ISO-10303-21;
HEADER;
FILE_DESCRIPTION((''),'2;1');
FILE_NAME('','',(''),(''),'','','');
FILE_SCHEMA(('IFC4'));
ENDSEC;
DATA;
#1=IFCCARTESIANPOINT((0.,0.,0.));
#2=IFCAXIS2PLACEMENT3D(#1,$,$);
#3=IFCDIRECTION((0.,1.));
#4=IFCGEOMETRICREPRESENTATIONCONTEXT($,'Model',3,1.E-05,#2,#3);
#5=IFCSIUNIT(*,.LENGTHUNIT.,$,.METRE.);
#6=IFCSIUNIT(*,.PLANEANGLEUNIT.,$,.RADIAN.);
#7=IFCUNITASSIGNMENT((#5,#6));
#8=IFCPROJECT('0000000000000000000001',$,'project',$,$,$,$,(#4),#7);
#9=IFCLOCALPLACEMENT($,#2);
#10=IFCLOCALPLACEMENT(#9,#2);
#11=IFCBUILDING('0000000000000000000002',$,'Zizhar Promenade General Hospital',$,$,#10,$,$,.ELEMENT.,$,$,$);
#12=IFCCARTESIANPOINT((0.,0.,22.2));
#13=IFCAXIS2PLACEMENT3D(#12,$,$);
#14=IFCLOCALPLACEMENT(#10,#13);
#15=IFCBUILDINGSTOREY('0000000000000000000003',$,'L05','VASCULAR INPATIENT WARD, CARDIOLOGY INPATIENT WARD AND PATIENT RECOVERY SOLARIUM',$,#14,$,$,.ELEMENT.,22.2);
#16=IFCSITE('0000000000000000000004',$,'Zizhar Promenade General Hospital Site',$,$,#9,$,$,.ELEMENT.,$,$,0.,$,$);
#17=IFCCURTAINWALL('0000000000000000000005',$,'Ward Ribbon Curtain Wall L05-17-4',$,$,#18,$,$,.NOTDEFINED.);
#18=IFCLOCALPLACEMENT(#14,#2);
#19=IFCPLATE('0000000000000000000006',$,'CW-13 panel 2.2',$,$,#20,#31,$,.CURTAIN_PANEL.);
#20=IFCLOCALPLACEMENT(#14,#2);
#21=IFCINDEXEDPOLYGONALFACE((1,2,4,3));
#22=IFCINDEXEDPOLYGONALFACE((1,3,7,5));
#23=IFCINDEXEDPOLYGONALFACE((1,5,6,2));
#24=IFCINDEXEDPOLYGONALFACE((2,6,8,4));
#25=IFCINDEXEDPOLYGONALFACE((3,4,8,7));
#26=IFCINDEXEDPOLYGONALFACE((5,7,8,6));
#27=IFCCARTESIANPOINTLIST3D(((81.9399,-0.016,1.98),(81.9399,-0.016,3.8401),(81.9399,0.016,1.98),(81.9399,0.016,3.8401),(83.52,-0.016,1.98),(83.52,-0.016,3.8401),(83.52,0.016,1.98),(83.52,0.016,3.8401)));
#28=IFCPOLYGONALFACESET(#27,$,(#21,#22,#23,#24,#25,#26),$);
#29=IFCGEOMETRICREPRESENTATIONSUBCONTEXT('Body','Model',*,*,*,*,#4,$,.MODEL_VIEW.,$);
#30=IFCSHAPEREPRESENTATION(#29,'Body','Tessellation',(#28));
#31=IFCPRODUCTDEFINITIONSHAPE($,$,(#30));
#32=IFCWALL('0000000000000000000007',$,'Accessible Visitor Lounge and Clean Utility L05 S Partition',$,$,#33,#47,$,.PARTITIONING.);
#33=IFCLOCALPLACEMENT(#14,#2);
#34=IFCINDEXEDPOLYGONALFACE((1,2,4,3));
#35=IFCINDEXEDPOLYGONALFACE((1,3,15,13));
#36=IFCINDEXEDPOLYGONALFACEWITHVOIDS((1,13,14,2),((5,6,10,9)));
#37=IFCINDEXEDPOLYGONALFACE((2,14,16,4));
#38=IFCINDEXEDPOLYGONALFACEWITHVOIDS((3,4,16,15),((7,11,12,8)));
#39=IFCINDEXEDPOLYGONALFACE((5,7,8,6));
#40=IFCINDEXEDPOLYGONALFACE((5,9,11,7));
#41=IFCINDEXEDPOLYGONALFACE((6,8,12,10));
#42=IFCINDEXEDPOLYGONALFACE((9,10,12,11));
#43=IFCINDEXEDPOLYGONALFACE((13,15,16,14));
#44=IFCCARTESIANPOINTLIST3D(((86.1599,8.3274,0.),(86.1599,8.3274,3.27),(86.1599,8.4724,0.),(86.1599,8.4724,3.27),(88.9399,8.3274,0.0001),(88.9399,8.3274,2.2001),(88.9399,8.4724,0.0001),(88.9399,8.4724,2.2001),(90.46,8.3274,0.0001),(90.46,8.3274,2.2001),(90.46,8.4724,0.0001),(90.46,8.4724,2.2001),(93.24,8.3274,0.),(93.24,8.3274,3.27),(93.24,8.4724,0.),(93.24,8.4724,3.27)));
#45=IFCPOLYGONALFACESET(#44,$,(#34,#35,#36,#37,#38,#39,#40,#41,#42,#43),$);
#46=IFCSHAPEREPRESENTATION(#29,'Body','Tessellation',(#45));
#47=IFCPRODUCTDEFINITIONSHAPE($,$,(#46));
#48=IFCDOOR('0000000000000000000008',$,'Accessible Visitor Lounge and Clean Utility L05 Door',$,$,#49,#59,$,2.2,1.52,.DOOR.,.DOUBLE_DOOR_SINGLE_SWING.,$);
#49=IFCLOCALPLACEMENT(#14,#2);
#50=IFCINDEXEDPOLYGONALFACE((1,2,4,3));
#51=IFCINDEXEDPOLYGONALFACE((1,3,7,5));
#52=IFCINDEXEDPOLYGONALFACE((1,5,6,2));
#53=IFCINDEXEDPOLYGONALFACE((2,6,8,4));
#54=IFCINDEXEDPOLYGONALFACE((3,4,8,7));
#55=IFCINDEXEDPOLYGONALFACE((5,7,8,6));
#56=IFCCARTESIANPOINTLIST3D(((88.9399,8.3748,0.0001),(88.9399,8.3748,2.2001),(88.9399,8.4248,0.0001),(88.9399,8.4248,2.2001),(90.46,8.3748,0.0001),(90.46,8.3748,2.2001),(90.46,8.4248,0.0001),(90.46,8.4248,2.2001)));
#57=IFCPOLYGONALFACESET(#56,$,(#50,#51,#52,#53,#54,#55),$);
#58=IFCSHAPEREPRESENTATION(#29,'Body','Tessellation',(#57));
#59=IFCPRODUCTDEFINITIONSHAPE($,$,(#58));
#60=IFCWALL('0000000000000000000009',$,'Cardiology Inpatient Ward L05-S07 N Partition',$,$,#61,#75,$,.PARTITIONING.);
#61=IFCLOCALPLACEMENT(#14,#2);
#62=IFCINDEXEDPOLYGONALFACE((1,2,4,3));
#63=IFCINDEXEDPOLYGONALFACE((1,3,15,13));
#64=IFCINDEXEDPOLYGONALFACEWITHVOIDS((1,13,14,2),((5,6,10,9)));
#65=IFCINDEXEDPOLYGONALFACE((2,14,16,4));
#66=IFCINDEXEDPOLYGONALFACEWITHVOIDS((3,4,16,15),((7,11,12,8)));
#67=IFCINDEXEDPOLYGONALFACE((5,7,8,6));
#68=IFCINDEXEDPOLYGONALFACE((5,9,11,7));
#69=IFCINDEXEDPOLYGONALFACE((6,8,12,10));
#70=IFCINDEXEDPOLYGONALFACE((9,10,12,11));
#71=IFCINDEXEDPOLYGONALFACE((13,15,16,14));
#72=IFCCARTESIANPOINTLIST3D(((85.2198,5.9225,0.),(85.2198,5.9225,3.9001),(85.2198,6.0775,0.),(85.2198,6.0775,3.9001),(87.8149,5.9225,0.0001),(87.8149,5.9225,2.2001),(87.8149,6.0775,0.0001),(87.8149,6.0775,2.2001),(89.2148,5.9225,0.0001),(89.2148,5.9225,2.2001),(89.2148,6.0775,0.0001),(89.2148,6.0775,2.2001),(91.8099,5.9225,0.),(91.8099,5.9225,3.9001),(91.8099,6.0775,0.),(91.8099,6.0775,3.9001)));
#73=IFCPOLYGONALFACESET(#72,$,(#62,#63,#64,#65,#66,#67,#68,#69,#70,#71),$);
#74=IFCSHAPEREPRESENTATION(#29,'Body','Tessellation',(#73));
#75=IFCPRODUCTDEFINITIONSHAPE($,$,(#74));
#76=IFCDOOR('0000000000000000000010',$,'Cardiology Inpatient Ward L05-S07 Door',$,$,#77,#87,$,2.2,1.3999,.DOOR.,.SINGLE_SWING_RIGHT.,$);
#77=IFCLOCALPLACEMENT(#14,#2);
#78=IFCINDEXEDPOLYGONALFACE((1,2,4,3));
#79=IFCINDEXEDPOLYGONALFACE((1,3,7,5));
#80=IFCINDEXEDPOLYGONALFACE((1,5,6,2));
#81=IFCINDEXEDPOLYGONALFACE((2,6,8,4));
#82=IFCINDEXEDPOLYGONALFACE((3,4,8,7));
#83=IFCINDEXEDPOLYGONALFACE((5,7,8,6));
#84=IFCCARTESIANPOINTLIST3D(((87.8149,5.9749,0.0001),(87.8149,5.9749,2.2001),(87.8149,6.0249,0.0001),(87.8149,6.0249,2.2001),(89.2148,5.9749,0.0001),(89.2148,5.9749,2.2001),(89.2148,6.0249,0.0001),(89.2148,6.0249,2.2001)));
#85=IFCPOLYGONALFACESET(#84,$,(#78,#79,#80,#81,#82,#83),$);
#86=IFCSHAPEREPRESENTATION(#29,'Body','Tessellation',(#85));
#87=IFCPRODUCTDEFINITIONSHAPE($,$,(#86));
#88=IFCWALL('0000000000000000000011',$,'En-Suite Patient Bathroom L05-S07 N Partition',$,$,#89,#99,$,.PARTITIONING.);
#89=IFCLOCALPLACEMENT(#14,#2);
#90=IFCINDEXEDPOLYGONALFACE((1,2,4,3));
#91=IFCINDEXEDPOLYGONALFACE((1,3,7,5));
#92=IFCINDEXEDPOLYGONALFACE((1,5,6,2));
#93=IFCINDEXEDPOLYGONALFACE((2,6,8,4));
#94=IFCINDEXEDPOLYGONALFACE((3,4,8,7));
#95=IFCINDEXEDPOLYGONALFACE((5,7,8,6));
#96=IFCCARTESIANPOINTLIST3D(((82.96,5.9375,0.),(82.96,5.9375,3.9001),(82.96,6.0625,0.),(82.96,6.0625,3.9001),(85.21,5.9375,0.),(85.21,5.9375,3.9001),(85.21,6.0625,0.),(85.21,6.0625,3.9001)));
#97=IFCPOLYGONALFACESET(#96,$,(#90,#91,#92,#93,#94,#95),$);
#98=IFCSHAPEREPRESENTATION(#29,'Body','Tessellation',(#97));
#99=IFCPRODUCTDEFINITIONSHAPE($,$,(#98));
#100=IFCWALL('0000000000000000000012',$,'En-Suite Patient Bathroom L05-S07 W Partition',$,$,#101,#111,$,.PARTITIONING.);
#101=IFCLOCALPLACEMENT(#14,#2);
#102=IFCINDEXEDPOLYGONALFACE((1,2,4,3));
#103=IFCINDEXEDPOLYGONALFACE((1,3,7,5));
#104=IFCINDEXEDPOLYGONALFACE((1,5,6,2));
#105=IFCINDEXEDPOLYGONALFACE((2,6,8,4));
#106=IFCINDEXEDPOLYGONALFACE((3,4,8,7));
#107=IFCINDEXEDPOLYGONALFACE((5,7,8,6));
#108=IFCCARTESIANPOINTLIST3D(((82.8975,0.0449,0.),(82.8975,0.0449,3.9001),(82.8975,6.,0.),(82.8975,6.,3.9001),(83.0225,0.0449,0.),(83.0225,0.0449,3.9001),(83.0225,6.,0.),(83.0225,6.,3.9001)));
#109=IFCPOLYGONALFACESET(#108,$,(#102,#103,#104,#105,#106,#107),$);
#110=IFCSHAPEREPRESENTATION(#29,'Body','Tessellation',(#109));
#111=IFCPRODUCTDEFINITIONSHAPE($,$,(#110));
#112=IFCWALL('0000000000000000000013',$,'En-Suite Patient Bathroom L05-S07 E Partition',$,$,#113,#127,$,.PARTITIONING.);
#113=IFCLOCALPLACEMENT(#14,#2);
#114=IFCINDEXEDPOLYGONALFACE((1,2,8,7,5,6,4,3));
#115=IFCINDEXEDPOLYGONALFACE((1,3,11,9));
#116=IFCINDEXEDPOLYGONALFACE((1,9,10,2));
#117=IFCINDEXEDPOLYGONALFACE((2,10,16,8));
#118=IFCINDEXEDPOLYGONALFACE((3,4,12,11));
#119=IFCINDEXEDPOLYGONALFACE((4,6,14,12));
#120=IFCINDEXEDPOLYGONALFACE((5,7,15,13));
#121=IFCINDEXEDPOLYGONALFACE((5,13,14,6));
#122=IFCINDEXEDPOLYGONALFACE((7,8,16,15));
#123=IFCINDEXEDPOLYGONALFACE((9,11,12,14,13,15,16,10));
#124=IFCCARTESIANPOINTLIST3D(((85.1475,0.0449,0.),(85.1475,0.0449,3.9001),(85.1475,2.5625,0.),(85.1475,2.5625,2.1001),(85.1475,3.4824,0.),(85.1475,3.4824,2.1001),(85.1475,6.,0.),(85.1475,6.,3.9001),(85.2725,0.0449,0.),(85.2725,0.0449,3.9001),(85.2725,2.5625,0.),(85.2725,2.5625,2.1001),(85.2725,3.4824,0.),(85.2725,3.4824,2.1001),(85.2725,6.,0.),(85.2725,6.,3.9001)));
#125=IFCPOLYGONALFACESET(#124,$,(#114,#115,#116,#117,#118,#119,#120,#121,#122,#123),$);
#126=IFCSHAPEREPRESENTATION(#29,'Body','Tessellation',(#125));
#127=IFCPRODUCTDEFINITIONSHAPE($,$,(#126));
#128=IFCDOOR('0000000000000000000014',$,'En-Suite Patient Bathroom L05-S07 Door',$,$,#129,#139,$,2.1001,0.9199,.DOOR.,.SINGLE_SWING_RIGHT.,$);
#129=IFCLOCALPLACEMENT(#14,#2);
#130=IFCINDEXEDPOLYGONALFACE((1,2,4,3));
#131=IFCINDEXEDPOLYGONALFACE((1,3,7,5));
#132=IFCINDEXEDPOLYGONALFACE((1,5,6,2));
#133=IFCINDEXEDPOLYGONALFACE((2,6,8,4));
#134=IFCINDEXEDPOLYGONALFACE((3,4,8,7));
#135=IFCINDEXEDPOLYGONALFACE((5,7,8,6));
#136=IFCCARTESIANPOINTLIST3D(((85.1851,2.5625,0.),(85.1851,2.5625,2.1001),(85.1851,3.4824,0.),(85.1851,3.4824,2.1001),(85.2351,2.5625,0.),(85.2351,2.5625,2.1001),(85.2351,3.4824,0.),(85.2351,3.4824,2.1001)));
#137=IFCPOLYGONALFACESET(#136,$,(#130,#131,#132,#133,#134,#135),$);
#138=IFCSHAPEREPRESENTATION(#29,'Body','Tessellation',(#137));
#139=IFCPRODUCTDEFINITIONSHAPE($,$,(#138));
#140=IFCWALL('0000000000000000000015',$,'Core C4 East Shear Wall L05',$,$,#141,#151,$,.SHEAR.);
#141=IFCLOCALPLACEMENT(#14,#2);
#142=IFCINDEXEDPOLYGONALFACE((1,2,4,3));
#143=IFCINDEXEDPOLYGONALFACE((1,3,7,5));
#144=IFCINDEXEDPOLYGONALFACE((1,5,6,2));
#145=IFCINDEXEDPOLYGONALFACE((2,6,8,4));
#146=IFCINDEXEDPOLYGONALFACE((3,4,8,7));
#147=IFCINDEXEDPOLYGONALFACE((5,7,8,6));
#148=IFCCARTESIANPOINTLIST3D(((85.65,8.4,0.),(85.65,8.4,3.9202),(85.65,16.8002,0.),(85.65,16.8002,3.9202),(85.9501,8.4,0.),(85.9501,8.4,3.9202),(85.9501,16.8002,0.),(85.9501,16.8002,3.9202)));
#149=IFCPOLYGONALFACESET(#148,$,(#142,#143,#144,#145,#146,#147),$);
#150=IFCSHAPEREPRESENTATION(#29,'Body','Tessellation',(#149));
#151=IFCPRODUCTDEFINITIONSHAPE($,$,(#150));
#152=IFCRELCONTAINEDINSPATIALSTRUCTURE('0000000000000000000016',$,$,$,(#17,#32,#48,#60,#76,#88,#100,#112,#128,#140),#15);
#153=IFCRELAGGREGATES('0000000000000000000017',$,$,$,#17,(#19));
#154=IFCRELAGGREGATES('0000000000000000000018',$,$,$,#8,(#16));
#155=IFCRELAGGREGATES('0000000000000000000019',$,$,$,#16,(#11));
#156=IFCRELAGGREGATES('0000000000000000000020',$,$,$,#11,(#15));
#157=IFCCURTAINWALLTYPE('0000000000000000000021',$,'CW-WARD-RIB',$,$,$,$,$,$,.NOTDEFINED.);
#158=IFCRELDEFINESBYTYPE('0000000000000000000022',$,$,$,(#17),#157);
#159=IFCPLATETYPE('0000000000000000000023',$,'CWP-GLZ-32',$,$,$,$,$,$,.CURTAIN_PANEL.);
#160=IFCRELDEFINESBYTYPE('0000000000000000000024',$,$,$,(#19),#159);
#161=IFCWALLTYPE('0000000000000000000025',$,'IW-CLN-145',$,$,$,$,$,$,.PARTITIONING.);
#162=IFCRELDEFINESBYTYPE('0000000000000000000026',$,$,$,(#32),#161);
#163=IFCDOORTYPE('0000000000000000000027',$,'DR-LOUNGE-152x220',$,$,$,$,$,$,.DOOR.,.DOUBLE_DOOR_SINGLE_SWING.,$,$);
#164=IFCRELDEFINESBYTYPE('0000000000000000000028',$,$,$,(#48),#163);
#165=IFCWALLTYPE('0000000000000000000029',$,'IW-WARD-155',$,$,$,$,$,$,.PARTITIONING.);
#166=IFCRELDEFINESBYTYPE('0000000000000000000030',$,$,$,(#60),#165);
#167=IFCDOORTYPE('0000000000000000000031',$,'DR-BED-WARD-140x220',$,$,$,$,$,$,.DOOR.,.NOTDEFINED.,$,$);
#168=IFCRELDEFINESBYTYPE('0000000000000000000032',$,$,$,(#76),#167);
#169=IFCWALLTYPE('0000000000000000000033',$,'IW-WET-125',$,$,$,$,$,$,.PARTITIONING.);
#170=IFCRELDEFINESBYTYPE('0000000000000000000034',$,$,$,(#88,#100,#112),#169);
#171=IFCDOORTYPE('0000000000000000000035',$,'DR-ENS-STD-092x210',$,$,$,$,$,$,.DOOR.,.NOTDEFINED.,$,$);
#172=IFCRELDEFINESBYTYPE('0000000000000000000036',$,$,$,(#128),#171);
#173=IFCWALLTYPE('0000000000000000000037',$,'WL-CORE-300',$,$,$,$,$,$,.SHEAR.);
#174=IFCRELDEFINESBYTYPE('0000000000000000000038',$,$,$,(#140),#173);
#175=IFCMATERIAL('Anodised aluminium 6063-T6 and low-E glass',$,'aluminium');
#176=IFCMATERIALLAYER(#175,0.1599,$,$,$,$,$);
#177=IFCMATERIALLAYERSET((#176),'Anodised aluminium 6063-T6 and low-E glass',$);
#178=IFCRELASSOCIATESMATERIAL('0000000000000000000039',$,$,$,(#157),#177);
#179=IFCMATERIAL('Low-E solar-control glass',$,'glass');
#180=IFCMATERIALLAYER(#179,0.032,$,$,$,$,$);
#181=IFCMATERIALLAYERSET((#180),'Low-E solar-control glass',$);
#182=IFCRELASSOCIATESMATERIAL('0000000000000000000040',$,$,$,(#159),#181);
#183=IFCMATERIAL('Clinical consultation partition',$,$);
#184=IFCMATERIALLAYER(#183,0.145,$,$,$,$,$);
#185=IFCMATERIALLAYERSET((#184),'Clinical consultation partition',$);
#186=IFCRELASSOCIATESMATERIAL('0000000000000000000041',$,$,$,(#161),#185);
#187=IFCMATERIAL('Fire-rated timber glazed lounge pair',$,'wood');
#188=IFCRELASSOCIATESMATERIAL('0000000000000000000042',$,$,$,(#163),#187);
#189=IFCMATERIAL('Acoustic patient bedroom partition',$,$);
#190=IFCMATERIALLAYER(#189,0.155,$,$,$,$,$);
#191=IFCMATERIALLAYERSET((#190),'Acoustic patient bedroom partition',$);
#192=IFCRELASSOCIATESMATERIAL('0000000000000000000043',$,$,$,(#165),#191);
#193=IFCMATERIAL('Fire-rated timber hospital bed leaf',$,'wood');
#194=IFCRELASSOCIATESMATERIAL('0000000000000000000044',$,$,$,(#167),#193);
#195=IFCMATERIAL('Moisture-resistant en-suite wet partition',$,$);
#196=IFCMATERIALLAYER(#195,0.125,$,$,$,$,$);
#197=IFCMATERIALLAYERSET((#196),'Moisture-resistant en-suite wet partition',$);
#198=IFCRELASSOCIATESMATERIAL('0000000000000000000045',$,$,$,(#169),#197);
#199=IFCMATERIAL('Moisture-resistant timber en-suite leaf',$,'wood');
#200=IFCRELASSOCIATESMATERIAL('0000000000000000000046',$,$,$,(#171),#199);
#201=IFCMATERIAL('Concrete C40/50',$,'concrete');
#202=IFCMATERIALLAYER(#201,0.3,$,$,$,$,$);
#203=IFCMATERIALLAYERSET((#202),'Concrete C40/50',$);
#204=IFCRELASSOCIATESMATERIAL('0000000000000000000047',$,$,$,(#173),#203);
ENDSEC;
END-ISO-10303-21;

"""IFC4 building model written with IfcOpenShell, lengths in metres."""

from ifc_helpers import new_model, si_unit, direction, frame, frame_2d, origin, origin_2d, place, context, subcontext, project, spatial, rectangle, extrude, material, layer, layer_set, type_object, element, fill, aggregate, save


model = new_model("IFC4")

# Units and contexts
model_context = context("Model", 3, precision=1e-05, world=origin(), true_north=direction((0.0, 1.0)))
body_context = subcontext(model_context, "Body", "Model", "MODEL_VIEW")
ifc_project = project(units=[si_unit("LENGTHUNIT", "METRE"), si_unit("PLANEANGLEUNIT", "RADIAN")], contexts=[model_context])

# Site, building, storey
site_placement = place(None, origin())
site = spatial("IfcSite", under=ifc_project, at=site_placement, Name="Zizhar Promenade General Hospital Site", CompositionType="ELEMENT", RefElevation=0.0)
building_placement = place(site_placement, origin())
building = spatial("IfcBuilding", under=site, at=building_placement, Name="Zizhar Promenade General Hospital", CompositionType="ELEMENT")
storey_placement = place(building_placement, frame((0.0, 0.0, 22.2)))
storey = spatial("IfcBuildingStorey", under=building, at=storey_placement, Name="L05", Description="VASCULAR INPATIENT WARD, CARDIOLOGY INPATIENT WARD AND PATIENT RECOVERY SOLARIUM", CompositionType="ELEMENT", Elevation=22.2)

# Curtain wall
ifc_material_1 = material(Name="Anodised aluminium 6063-T6 and low-E glass", Category="aluminium")
ifc_layer_1 = layer(ifc_material_1, 0.1599)
ifc_layer_set_1 = layer_set([ifc_layer_1], Name="Anodised aluminium 6063-T6 and low-E glass")
curtain_wall_type = type_object("IfcCurtainWallType", Name="CW-WARD-RIB", PredefinedType="NOTDEFINED", material=ifc_layer_set_1)
curtain_wall_1_placement = place(storey_placement, origin())
curtain_wall_1 = element("IfcCurtainWall", 1, at=curtain_wall_1_placement, inside=storey, type_object=curtain_wall_type, Name="Ward Ribbon Curtain Wall L05-17-4", PredefinedType="NOTDEFINED")

# Plate
ifc_material_2 = material(Name="Low-E solar-control glass", Category="glass")
ifc_layer_2 = layer(ifc_material_2, 0.032)
ifc_layer_set_2 = layer_set([ifc_layer_2], Name="Low-E solar-control glass")
plate_type = type_object("IfcPlateType", Name="CWP-GLZ-32", PredefinedType="CURTAIN_PANEL", material=ifc_layer_set_2)
plate_1_placement = place(storey_placement, frame((82.73, 0.0, 1.98), z_axis=(0.0, 0.0, 1.0), x_axis=(-1.0, 0.0, 0.0)))
plate_1 = element("IfcPlate", 2, at=plate_1_placement, type_object=plate_type, Name="CW-13 panel 2.2", PredefinedType="CURTAIN_PANEL", context=body_context, shape_type="SweptSolid", body=[
    extrude(rectangle(XDim=1.5801, YDim=0.032, at=origin_2d()), origin(), (0.0, 0.0, 1.0), 1.8601),
])
aggregate(curtain_wall_1, [plate_1])

# Walls, openings, doors
ifc_material_3 = material(Name="Clinical consultation partition")
ifc_layer_3 = layer(ifc_material_3, 0.145)
ifc_layer_set_3 = layer_set([ifc_layer_3], Name="Clinical consultation partition")
wall_type_1 = type_object("IfcWallType", Name="IW-CLN-145", PredefinedType="PARTITIONING", material=ifc_layer_set_3)
wall_1_placement = place(storey_placement, frame((86.1599, 8.3999, 0.0), z_axis=(0.0, 0.0, 1.0), x_axis=(1.0, 0.0, 0.0)))
wall_1 = element("IfcWall", 3, at=wall_1_placement, inside=storey, type_object=wall_type_1, Name="Accessible Visitor Lounge and Clean Utility L05 S Partition", PredefinedType="PARTITIONING", context=body_context, shape_type="SweptSolid", body=[
    extrude(rectangle(XDim=7.0801, YDim=0.145, at=frame_2d((3.54, 0.0))), origin(), (0.0, 0.0, 1.0), 3.27),
])
opening_1_placement = place(wall_1_placement, frame((2.78, 0.0, 0.0)))
opening_1 = element("IfcOpeningElement", 4, at=opening_1_placement, cuts=wall_1, PredefinedType="OPENING", context=body_context, shape_type="SweptSolid", body=[
    extrude(rectangle(XDim=1.52, YDim=2.2, at=frame_2d((0.76, 1.1001))), frame((0.0, 0.0825, 0.0), z_axis=(0.0, -1.0, 0.0), x_axis=(1.0, 0.0, 0.0)), (0.0, 0.0, 1.0), 0.165),
])
ifc_material_4 = material(Name="Fire-rated timber glazed lounge pair", Category="wood")
door_type_1 = type_object("IfcDoorType", Name="DR-LOUNGE-152x220", OperationType="DOUBLE_DOOR_SINGLE_SWING", PredefinedType="DOOR", material=ifc_material_4)
door_1_placement = place(opening_1_placement, origin())
door_1 = element("IfcDoor", 5, at=door_1_placement, inside=storey, type_object=door_type_1, Name="Accessible Visitor Lounge and Clean Utility L05 Door", OperationType="DOUBLE_DOOR_SINGLE_SWING", OverallHeight=2.2, OverallWidth=1.52, PredefinedType="DOOR", context=body_context, shape_type="SweptSolid", body=[
    extrude(rectangle(XDim=1.52, YDim=2.2, at=frame_2d((0.76, 1.1001))), frame((0.0, 0.0249, 0.0), z_axis=(0.0, -1.0, 0.0), x_axis=(1.0, 0.0, 0.0)), (0.0, 0.0, 1.0), 0.05),
])
fill(opening_1, door_1)
ifc_material_5 = material(Name="Acoustic patient bedroom partition")
ifc_layer_4 = layer(ifc_material_5, 0.155)
ifc_layer_set_4 = layer_set([ifc_layer_4], Name="Acoustic patient bedroom partition")
wall_type_2 = type_object("IfcWallType", Name="IW-WARD-155", PredefinedType="PARTITIONING", material=ifc_layer_set_4)
wall_2_placement = place(storey_placement, frame((85.22, 6.0, 0.0), z_axis=(0.0, 0.0, 1.0), x_axis=(1.0, 0.0, 0.0)))
wall_2 = element("IfcWall", 6, at=wall_2_placement, inside=storey, type_object=wall_type_2, Name="Cardiology Inpatient Ward L05-S07 N Partition", PredefinedType="PARTITIONING", context=body_context, shape_type="SweptSolid", body=[
    extrude(rectangle(XDim=6.5901, YDim=0.155, at=frame_2d((3.2949, 0.0))), origin(), (0.0, 0.0, 1.0), 3.9001),
])
opening_2_placement = place(wall_2_placement, frame((2.595, 0.0, 0.0)))
opening_2 = element("IfcOpeningElement", 7, at=opening_2_placement, cuts=wall_2, PredefinedType="OPENING", context=body_context, shape_type="SweptSolid", body=[
    extrude(rectangle(XDim=1.3999, YDim=2.2, at=frame_2d((0.7, 1.1001))), frame((0.0, 0.0874, 0.0), z_axis=(0.0, -1.0, 0.0), x_axis=(1.0, 0.0, 0.0)), (0.0, 0.0, 1.0), 0.175),
])
ifc_material_6 = material(Name="Fire-rated timber hospital bed leaf", Category="wood")
door_type_2 = type_object("IfcDoorType", Name="DR-BED-WARD-140x220", OperationType="NOTDEFINED", PredefinedType="DOOR", material=ifc_material_6)
door_2_placement = place(opening_2_placement, origin())
door_2 = element("IfcDoor", 8, at=door_2_placement, inside=storey, type_object=door_type_2, Name="Cardiology Inpatient Ward L05-S07 Door", OperationType="SINGLE_SWING_RIGHT", OverallHeight=2.2, OverallWidth=1.3999, PredefinedType="DOOR", context=body_context, shape_type="SweptSolid", body=[
    extrude(rectangle(XDim=1.3999, YDim=2.2, at=frame_2d((0.7, 1.1001))), frame((0.0, 0.0249, 0.0), z_axis=(0.0, -1.0, 0.0), x_axis=(1.0, 0.0, 0.0)), (0.0, 0.0, 1.0), 0.05),
])
fill(opening_2, door_2)

# Walls
ifc_material_7 = material(Name="Moisture-resistant en-suite wet partition")
ifc_layer_5 = layer(ifc_material_7, 0.125)
ifc_layer_set_5 = layer_set([ifc_layer_5], Name="Moisture-resistant en-suite wet partition")
wall_type_3 = type_object("IfcWallType", Name="IW-WET-125", PredefinedType="PARTITIONING", material=ifc_layer_set_5)
wall_3_placement = place(storey_placement, frame((82.96, 6.0, 0.0), z_axis=(0.0, 0.0, 1.0), x_axis=(1.0, 0.0, 0.0)))
element("IfcWall", 9, at=wall_3_placement, inside=storey, type_object=wall_type_3, Name="En-Suite Patient Bathroom L05-S07 N Partition", PredefinedType="PARTITIONING", context=body_context, shape_type="SweptSolid", body=[
    extrude(rectangle(XDim=2.25, YDim=0.125, at=frame_2d((1.125, 0.0))), origin(), (0.0, 0.0, 1.0), 3.9001),
])
wall_4_placement = place(storey_placement, frame((82.96, 0.0449, 0.0), z_axis=(0.0, 0.0, 1.0), x_axis=(0.0, 1.0, 0.0)))
element("IfcWall", 10, at=wall_4_placement, inside=storey, type_object=wall_type_3, Name="En-Suite Patient Bathroom L05-S07 W Partition", PredefinedType="PARTITIONING", context=body_context, shape_type="SweptSolid", body=[
    extrude(rectangle(XDim=5.9551, YDim=0.125, at=frame_2d((2.9775, 0.0))), origin(), (0.0, 0.0, 1.0), 3.9001),
])

# Wall, opening, door
wall_5_placement = place(storey_placement, frame((85.21, 0.0449, 0.0), z_axis=(0.0, 0.0, 1.0), x_axis=(0.0, 1.0, 0.0)))
wall_5 = element("IfcWall", 11, at=wall_5_placement, inside=storey, type_object=wall_type_3, Name="En-Suite Patient Bathroom L05-S07 E Partition", PredefinedType="PARTITIONING", context=body_context, shape_type="SweptSolid", body=[
    extrude(rectangle(XDim=5.9551, YDim=0.125, at=frame_2d((2.9775, 0.0))), origin(), (0.0, 0.0, 1.0), 3.9001),
])
opening_3_placement = place(wall_5_placement, frame((2.5176, 0.0, 0.0)))
opening_3 = element("IfcOpeningElement", 12, at=opening_3_placement, cuts=wall_5, PredefinedType="OPENING", context=body_context, shape_type="SweptSolid", body=[
    extrude(rectangle(XDim=0.9199, YDim=2.1001, at=frame_2d((0.46, 1.05))), frame((0.0, 0.0725, 0.0), z_axis=(0.0, -1.0, 0.0), x_axis=(1.0, 0.0, 0.0)), (0.0, 0.0, 1.0), 0.145),
])
ifc_material_8 = material(Name="Moisture-resistant timber en-suite leaf", Category="wood")
door_type_3 = type_object("IfcDoorType", Name="DR-ENS-STD-092x210", OperationType="NOTDEFINED", PredefinedType="DOOR", material=ifc_material_8)
door_3_placement = place(opening_3_placement, origin())
door_3 = element("IfcDoor", 13, at=door_3_placement, inside=storey, type_object=door_type_3, Name="En-Suite Patient Bathroom L05-S07 Door", OperationType="SINGLE_SWING_RIGHT", OverallHeight=2.1001, OverallWidth=0.9199, PredefinedType="DOOR", context=body_context, shape_type="SweptSolid", body=[
    extrude(rectangle(XDim=0.9199, YDim=2.1001, at=frame_2d((0.46, 1.05))), frame((0.0, 0.0249, 0.0), z_axis=(0.0, -1.0, 0.0), x_axis=(1.0, 0.0, 0.0)), (0.0, 0.0, 1.0), 0.05),
])
fill(opening_3, door_3)

# Wall
ifc_material_9 = material(Name="Concrete C40/50", Category="concrete")
ifc_layer_6 = layer(ifc_material_9, 0.3)
ifc_layer_set_6 = layer_set([ifc_layer_6], Name="Concrete C40/50")
wall_type_4 = type_object("IfcWallType", Name="WL-CORE-300", PredefinedType="SHEAR", material=ifc_layer_set_6)
wall_6_placement = place(storey_placement, frame((85.8, 8.3999, 0.0), z_axis=(0.0, 0.0, 1.0), x_axis=(0.0, 1.0, 0.0)))
element("IfcWall", 14, at=wall_6_placement, inside=storey, type_object=wall_type_4, Name="Core C4 East Shear Wall L05", PredefinedType="SHEAR", context=body_context, shape_type="SweptSolid", body=[
    extrude(rectangle(XDim=8.4001, YDim=0.3, at=frame_2d((4.2002, 0.0))), origin(), (0.0, 0.0, 1.0), 3.9202),
])

save(model, "model.ifc")
